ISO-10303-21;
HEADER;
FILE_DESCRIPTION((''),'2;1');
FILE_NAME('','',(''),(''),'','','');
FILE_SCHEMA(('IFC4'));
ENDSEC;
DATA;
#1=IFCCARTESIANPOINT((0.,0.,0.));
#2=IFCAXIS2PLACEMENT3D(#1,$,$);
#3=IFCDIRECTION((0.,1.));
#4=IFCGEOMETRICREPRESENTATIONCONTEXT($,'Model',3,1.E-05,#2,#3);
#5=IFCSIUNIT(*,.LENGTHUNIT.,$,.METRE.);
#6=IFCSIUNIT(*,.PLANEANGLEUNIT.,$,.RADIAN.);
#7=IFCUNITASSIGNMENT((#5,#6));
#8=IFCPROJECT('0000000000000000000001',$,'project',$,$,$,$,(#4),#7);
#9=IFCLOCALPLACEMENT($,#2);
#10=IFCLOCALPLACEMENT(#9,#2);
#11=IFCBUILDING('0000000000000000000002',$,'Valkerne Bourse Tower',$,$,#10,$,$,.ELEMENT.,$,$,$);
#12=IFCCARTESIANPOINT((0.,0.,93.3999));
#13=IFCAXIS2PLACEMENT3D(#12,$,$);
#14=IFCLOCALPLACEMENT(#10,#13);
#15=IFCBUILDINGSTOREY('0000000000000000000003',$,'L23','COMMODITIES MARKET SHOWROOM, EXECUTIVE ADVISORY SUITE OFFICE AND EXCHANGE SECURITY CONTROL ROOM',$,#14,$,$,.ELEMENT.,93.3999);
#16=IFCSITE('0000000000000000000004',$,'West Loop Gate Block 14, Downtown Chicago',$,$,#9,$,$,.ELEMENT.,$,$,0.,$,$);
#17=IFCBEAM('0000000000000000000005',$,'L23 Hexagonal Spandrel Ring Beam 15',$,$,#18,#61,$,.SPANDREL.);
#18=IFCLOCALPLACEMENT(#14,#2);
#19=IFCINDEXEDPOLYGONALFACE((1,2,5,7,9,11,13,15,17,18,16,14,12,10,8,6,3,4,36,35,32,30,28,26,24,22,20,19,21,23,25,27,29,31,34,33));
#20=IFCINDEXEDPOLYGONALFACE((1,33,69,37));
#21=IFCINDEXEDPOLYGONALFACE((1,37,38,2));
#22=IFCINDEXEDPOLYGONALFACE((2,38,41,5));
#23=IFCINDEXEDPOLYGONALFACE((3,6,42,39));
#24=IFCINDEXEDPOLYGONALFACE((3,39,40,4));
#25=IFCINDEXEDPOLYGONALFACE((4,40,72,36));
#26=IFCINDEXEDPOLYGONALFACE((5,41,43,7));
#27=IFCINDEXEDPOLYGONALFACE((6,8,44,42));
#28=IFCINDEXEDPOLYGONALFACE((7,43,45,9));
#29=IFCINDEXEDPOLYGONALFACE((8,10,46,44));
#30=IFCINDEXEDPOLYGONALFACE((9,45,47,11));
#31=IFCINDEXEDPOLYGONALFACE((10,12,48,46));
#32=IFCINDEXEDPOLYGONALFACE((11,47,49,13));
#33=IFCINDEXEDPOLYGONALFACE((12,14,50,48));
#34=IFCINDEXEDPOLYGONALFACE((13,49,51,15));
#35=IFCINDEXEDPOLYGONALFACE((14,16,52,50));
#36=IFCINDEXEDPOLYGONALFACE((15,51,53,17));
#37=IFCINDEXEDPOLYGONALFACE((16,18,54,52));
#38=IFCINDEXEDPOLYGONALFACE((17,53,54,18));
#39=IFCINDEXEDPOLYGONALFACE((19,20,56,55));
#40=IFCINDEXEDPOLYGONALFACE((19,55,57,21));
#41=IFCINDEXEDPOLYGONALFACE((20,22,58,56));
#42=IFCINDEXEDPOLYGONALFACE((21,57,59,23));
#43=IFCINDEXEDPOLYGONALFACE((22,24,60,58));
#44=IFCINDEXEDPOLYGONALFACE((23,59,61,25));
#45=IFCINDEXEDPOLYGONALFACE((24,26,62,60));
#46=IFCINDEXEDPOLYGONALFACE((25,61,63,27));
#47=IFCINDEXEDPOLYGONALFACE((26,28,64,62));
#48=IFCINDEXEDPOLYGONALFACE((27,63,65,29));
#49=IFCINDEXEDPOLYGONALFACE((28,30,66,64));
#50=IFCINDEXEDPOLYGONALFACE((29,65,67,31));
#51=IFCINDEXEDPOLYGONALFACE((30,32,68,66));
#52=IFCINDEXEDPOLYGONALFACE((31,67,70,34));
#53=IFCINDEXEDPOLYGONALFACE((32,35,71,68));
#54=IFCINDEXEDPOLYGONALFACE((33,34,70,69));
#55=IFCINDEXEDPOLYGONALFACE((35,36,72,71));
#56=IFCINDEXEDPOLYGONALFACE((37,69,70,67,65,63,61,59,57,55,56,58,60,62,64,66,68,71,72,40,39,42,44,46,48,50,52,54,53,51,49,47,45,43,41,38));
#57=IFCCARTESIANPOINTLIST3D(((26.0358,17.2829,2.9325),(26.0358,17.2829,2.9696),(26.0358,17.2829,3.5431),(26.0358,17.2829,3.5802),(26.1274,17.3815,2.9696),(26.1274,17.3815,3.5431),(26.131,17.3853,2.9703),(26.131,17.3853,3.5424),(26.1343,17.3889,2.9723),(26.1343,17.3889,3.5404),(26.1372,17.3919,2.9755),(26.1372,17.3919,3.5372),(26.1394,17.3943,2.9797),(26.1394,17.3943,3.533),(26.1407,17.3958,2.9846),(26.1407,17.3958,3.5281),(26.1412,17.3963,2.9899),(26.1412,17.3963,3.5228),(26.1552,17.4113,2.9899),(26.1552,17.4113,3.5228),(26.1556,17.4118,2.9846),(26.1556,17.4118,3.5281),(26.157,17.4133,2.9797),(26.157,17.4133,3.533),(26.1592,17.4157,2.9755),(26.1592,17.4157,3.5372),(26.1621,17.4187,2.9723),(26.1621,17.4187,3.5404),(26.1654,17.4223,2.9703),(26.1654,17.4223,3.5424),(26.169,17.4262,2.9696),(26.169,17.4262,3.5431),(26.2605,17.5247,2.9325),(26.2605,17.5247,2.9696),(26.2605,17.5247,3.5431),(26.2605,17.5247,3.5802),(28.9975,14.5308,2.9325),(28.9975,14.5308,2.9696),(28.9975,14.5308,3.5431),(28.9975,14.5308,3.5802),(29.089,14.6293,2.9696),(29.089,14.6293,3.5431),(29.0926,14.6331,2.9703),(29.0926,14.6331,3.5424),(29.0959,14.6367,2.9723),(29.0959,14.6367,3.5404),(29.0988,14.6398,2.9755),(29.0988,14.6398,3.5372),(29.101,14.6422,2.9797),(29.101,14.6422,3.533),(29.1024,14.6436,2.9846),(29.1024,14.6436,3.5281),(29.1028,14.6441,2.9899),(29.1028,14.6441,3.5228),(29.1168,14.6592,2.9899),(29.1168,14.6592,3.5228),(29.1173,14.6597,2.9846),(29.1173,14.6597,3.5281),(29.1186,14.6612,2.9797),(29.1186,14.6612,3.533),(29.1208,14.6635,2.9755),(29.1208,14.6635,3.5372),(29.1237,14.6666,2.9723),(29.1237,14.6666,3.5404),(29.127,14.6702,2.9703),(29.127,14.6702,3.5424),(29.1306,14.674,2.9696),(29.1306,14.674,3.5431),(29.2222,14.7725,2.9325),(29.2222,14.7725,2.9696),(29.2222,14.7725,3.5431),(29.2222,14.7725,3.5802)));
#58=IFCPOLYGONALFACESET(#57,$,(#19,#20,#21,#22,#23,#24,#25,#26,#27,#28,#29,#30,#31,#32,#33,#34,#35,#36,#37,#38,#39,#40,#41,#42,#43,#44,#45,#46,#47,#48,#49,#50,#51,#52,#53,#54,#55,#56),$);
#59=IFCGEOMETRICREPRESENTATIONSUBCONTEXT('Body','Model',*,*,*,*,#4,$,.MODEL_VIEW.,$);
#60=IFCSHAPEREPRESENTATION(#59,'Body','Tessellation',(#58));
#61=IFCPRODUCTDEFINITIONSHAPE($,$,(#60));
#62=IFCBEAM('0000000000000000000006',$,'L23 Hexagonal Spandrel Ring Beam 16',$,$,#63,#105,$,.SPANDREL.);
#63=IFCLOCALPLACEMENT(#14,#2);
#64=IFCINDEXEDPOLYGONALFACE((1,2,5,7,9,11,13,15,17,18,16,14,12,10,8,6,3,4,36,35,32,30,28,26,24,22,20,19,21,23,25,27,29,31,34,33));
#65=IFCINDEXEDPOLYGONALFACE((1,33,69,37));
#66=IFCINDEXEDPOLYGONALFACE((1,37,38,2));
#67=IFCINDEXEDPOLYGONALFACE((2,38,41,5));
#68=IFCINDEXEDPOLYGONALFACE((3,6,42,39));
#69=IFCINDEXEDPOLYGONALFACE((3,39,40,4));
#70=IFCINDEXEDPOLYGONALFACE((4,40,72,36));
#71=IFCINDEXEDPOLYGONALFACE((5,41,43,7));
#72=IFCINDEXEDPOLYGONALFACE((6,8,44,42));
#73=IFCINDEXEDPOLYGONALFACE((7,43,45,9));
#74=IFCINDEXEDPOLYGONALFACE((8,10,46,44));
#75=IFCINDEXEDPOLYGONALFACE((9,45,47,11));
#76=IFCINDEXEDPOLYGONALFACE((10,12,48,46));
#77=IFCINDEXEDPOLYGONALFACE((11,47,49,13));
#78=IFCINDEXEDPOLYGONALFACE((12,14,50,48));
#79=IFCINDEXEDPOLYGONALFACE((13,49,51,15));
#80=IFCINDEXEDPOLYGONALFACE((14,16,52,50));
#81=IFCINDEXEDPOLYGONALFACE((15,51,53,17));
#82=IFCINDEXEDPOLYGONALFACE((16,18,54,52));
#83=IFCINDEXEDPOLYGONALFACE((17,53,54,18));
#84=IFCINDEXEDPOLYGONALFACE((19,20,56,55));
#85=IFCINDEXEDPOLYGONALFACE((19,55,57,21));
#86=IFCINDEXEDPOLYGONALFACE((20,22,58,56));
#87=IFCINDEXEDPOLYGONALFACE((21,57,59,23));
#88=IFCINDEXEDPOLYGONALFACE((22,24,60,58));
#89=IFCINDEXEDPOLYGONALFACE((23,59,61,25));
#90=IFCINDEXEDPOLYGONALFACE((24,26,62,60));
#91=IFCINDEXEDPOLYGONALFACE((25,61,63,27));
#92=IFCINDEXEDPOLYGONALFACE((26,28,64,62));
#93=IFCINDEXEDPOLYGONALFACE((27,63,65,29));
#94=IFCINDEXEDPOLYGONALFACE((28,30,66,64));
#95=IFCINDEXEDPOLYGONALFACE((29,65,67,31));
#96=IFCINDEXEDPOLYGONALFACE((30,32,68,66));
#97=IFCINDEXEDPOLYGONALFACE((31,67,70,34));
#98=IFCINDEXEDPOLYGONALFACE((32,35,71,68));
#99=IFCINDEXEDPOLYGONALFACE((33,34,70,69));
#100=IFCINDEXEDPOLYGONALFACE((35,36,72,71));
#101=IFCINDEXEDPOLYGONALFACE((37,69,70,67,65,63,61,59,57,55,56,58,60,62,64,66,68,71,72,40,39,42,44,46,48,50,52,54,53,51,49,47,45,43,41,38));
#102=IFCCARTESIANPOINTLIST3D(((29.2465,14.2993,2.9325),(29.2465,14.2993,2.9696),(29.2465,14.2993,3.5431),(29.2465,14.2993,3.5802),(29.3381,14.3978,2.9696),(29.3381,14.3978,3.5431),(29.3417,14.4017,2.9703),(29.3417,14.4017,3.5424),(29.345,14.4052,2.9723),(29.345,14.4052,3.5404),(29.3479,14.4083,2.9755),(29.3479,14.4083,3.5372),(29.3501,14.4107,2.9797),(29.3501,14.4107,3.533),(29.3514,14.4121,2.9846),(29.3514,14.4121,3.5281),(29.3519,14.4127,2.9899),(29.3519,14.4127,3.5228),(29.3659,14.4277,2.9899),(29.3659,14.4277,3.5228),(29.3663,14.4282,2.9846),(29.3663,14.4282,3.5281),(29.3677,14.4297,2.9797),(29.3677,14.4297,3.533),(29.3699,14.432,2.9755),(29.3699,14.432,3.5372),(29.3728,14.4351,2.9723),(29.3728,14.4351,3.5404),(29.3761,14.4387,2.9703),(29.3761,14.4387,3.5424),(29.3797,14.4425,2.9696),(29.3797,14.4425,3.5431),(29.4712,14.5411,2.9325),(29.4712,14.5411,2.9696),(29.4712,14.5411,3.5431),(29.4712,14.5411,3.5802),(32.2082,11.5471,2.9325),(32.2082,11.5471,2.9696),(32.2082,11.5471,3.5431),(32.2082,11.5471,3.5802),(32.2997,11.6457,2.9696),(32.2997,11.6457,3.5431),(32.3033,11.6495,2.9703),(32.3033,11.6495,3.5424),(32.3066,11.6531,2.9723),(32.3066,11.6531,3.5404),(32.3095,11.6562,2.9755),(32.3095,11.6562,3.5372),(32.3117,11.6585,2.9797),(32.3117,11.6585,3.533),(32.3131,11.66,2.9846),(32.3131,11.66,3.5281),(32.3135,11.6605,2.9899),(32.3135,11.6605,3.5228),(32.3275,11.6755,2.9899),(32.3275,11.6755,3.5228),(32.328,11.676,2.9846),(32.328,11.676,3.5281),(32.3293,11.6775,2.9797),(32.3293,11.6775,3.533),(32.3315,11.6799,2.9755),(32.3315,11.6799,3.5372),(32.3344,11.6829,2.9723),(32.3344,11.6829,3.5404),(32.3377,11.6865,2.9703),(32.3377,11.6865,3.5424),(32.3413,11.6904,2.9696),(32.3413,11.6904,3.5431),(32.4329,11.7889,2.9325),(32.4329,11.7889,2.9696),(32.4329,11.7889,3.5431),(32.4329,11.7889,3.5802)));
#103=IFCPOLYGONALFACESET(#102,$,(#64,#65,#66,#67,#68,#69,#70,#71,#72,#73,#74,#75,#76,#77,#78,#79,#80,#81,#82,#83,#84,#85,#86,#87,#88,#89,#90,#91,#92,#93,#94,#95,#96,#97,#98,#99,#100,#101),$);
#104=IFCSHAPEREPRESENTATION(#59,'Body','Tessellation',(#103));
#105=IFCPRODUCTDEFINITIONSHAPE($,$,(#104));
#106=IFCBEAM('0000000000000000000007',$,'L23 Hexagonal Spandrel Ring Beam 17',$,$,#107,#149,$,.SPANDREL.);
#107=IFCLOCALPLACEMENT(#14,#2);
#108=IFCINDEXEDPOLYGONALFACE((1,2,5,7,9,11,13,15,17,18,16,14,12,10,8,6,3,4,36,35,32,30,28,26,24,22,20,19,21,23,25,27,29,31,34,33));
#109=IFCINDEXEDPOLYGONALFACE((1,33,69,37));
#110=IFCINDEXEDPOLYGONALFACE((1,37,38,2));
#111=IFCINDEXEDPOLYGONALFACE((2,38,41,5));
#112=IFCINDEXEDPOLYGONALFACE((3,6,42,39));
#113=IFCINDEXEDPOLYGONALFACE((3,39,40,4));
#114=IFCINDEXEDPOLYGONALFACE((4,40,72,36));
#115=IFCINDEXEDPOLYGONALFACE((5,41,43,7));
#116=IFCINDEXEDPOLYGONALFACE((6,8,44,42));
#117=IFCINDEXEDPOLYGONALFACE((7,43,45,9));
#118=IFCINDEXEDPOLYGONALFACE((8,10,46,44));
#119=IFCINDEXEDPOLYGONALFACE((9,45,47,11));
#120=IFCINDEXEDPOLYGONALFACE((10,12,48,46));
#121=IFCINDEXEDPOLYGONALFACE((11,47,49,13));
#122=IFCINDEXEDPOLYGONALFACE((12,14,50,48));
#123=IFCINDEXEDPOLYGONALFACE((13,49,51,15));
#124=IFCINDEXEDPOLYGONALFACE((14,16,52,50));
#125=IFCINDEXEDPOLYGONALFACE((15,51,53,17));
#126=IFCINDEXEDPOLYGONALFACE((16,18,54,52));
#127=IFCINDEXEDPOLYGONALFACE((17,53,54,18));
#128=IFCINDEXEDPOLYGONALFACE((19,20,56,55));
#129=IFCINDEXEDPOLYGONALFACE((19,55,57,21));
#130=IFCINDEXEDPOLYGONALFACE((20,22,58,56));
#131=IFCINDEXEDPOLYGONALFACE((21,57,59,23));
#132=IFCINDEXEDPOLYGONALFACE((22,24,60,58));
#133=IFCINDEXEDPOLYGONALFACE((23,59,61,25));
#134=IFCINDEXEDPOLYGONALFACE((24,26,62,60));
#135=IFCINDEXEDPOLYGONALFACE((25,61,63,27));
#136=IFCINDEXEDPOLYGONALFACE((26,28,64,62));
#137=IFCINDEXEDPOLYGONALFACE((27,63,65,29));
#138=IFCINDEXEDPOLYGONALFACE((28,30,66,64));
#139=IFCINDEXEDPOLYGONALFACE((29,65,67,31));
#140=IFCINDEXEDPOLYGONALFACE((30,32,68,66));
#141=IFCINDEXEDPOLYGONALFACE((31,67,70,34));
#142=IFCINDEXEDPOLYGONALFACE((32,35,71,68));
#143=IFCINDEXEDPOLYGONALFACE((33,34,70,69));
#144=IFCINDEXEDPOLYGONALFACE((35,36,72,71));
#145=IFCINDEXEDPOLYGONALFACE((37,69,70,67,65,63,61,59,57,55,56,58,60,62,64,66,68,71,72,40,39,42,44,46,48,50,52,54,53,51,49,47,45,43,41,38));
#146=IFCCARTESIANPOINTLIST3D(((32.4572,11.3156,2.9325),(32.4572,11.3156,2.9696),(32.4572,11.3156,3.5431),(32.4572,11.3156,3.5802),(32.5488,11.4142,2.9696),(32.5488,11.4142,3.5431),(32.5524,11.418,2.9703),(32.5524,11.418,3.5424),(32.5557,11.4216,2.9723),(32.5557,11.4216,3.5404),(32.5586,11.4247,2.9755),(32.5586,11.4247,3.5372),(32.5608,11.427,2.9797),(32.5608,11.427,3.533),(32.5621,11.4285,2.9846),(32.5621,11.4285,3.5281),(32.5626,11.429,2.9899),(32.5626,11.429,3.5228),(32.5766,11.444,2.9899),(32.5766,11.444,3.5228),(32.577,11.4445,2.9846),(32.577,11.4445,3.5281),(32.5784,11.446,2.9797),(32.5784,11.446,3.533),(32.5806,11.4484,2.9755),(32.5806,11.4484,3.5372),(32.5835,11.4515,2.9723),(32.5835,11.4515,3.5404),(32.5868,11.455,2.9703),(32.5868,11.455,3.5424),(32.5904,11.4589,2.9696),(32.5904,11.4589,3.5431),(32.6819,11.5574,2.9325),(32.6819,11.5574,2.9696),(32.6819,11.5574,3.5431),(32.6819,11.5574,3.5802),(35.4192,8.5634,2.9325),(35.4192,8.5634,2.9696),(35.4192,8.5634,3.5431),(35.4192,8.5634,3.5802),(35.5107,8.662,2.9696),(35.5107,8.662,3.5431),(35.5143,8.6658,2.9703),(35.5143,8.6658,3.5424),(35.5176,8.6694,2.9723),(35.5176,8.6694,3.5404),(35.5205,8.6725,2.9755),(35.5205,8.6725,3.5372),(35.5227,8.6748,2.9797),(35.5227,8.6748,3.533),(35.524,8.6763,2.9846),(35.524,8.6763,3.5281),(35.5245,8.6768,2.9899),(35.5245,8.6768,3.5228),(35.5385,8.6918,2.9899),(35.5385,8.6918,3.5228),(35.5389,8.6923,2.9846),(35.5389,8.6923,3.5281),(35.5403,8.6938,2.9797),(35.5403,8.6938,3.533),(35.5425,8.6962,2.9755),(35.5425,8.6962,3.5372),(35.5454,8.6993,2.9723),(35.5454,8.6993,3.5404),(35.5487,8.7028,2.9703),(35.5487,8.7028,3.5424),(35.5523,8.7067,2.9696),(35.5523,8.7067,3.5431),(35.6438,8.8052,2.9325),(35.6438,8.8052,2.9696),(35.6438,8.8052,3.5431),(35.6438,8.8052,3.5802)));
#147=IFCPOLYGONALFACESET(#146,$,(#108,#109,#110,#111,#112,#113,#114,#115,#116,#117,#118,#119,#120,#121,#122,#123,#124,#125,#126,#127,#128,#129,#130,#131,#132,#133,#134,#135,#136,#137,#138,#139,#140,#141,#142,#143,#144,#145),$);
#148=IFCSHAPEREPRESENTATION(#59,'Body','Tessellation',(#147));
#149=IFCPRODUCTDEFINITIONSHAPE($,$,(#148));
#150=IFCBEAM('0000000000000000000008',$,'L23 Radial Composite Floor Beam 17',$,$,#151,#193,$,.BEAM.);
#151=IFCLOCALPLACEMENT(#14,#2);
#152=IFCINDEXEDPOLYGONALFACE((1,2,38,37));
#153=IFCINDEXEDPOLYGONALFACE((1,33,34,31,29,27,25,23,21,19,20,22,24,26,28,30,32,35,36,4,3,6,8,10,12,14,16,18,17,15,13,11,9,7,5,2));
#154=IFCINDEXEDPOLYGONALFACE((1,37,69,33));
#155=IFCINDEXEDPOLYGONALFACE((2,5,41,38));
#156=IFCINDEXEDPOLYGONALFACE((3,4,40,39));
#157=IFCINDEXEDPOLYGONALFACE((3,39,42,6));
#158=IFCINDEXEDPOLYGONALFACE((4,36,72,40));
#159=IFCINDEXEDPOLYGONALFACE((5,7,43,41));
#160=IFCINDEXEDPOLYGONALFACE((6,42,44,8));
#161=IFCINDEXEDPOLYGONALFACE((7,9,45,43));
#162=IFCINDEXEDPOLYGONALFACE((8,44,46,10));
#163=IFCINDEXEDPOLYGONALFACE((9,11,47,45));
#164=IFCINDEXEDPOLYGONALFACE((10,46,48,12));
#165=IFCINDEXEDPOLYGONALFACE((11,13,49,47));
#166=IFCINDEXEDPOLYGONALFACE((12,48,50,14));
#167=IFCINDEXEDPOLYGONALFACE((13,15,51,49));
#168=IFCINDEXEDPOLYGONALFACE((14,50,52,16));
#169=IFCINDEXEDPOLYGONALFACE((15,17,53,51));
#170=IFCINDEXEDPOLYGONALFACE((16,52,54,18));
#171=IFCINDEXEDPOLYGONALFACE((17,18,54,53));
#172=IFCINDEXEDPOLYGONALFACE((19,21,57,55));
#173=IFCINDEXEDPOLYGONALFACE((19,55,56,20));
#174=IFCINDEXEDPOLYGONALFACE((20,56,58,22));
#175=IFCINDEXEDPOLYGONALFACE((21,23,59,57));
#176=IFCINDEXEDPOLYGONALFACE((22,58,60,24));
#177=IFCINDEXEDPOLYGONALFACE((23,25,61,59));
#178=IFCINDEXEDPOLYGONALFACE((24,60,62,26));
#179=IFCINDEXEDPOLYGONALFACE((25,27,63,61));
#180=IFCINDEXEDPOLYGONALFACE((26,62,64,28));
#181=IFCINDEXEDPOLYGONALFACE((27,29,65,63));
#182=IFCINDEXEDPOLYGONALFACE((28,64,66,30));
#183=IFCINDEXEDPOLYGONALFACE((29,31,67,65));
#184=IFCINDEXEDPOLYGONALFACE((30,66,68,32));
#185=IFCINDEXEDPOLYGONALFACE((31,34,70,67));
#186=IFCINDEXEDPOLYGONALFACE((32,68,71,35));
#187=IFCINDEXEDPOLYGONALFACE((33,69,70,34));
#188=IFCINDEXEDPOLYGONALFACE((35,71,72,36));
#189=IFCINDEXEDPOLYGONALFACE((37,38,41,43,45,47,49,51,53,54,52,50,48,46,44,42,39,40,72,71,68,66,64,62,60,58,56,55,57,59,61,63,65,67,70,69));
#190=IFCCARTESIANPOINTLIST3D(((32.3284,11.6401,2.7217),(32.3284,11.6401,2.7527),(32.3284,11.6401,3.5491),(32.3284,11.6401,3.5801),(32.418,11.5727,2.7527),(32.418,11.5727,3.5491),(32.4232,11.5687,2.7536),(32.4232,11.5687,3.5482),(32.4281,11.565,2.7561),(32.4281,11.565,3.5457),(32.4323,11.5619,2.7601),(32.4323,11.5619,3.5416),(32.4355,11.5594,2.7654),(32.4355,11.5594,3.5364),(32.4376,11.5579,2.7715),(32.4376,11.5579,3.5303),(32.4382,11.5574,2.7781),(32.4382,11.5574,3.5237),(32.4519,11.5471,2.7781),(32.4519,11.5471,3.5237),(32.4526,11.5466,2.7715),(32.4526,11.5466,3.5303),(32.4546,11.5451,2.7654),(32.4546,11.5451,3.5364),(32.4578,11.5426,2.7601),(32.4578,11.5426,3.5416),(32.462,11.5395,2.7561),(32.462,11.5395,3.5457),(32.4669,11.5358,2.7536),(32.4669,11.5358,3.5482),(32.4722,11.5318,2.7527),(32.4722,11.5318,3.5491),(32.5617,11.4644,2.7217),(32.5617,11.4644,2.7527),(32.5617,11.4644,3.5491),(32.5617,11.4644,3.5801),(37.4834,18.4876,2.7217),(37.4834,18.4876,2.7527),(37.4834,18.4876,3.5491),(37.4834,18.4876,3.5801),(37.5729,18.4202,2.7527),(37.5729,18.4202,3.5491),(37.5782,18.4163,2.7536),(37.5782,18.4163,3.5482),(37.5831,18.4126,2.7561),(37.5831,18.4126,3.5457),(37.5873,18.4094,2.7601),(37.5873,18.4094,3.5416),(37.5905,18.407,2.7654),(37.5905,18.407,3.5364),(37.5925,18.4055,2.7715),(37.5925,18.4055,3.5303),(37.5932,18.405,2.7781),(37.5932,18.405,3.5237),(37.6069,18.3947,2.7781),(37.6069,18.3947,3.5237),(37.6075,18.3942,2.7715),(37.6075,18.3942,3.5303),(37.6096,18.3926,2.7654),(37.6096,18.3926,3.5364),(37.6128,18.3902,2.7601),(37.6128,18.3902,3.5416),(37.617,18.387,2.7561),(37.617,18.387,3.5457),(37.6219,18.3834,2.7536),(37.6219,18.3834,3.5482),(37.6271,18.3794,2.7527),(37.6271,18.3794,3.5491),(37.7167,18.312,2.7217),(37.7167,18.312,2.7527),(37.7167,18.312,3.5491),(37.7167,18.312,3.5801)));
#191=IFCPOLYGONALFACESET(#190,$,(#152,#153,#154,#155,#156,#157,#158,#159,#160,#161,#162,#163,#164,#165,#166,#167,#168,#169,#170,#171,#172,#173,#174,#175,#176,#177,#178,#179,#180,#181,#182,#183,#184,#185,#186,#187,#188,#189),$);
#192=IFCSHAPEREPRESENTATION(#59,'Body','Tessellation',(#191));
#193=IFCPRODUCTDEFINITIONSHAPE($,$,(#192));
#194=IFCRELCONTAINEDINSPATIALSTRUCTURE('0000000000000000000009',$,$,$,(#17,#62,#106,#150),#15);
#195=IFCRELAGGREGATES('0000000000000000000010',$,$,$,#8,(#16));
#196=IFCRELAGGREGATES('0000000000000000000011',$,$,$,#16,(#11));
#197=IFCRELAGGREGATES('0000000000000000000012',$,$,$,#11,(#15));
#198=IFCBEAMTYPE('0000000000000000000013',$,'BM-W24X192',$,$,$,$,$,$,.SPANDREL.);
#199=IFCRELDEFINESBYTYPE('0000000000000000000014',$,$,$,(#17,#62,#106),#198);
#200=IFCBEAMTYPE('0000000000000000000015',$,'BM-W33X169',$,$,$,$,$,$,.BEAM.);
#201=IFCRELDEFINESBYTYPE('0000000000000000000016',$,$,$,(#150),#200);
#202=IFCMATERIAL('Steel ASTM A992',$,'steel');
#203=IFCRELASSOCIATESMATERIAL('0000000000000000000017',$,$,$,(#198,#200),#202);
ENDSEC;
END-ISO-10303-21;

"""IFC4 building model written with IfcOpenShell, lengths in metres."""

from ifc_helpers import new_model, si_unit, direction, frame, origin, origin_2d, place, context, subcontext, project, spatial, i_section, extrude, material, material_profile, profile_set, type_object, element, save


model = new_model("IFC4")

# Units and contexts
model_context = context("Model", 3, precision=1e-05, world=origin(), true_north=direction((0.0, 1.0)))
body_context = subcontext(model_context, "Body", "Model", "MODEL_VIEW")
ifc_project = project(units=[si_unit("LENGTHUNIT", "METRE"), si_unit("PLANEANGLEUNIT", "RADIAN")], contexts=[model_context])

# Site, building, storey
site_placement = place(None, origin())
site = spatial("IfcSite", under=ifc_project, at=site_placement, Name="West Loop Gate Block 14, Downtown Chicago", CompositionType="ELEMENT", RefElevation=0.0)
building_placement = place(site_placement, origin())
building = spatial("IfcBuilding", under=site, at=building_placement, Name="Valkerne Bourse Tower", CompositionType="ELEMENT")
storey_placement = place(building_placement, frame((0.0, 0.0, 93.3999)))
storey = spatial("IfcBuildingStorey", under=building, at=storey_placement, Name="L23", Description="COMMODITIES MARKET SHOWROOM, EXECUTIVE ADVISORY SUITE OFFICE AND EXCHANGE SECURITY CONTROL ROOM", CompositionType="ELEMENT", Elevation=93.3999)

# Beams
ifc_material_1 = material(Name="Steel ASTM A992", Category="steel")
ifc_material_profile_1 = material_profile(ifc_material_1, i_section(OverallWidth=0.3301, OverallDepth=0.6477, WebThickness=0.0205, FlangeThickness=0.0371, FilletRadius=0.0203, at=origin_2d()), Name="W24X192")
ifc_profile_set_1 = profile_set([ifc_material_profile_1], Name="Steel ASTM A992")
beam_type_1 = type_object("IfcBeamType", Name="BM-W24X192", PredefinedType="SPANDREL", material=ifc_profile_set_1)
for number, where, z_axis, x_axis, name in (
    (1, (26.1482, 17.4038, 3.2563), (0.732538, -0.680727, 0.0), (0.680727, 0.732538, 0.0), "L23 Hexagonal Spandrel Ring Beam 15"),
    (2, (29.3589, 14.4202, 3.2563), (0.732538, -0.680727, 0.0), (0.680727, 0.732538, 0.0), "L23 Hexagonal Spandrel Ring Beam 16"),
):
    element("IfcBeam", number, at=place(storey_placement, frame(where, z_axis=z_axis, x_axis=x_axis)), inside=storey, type_object=beam_type_1, Name=name, PredefinedType="SPANDREL", context=body_context, shape_type="SweptSolid", body=[
        extrude(i_section(OverallWidth=0.3301, OverallDepth=0.6477, WebThickness=0.0205, FlangeThickness=0.0371, FilletRadius=0.0203, at=origin_2d()), origin(), (0.0, 0.0, 1.0), 4.043),
    ])
beam_1_placement = place(storey_placement, frame((32.5696, 11.4365, 3.2563), z_axis=(0.732565, -0.680697, 0.0), x_axis=(0.680697, 0.732565, 0.0)))
element("IfcBeam", 3, at=beam_1_placement, inside=storey, type_object=beam_type_1, Name="L23 Hexagonal Spandrel Ring Beam 17", PredefinedType="SPANDREL", context=body_context, shape_type="SweptSolid", body=[
    extrude(i_section(OverallWidth=0.3301, OverallDepth=0.6477, WebThickness=0.0205, FlangeThickness=0.0371, FilletRadius=0.0203, at=origin_2d()), origin(), (0.0, 0.0, 1.0), 4.0432),
])
ifc_material_profile_2 = material_profile(ifc_material_1, i_section(OverallWidth=0.292, OverallDepth=0.8584, WebThickness=0.0171, FlangeThickness=0.031, FilletRadius=0.0254, at=origin_2d()), Name="W33X169")
ifc_profile_set_2 = profile_set([ifc_material_profile_2], Name="Steel ASTM A992")
beam_type_2 = type_object("IfcBeamType", Name="BM-W33X169", PredefinedType="BEAM", material=ifc_profile_set_2)
beam_2_placement = place(storey_placement, frame((32.4451, 11.5522, 3.1509), z_axis=(0.601439, 0.798919, 0.0), x_axis=(-0.798919, 0.601439, 0.0)))
element("IfcBeam", 4, at=beam_2_placement, inside=storey, type_object=beam_type_2, Name="L23 Radial Composite Floor Beam 17", PredefinedType="BEAM", context=body_context, shape_type="SweptSolid", body=[
    extrude(i_section(OverallWidth=0.292, OverallDepth=0.8584, WebThickness=0.0171, FlangeThickness=0.031, FilletRadius=0.0254, at=origin_2d()), origin(), (0.0, 0.0, 1.0), 8.571),
])

save(model, "model.ifc")
